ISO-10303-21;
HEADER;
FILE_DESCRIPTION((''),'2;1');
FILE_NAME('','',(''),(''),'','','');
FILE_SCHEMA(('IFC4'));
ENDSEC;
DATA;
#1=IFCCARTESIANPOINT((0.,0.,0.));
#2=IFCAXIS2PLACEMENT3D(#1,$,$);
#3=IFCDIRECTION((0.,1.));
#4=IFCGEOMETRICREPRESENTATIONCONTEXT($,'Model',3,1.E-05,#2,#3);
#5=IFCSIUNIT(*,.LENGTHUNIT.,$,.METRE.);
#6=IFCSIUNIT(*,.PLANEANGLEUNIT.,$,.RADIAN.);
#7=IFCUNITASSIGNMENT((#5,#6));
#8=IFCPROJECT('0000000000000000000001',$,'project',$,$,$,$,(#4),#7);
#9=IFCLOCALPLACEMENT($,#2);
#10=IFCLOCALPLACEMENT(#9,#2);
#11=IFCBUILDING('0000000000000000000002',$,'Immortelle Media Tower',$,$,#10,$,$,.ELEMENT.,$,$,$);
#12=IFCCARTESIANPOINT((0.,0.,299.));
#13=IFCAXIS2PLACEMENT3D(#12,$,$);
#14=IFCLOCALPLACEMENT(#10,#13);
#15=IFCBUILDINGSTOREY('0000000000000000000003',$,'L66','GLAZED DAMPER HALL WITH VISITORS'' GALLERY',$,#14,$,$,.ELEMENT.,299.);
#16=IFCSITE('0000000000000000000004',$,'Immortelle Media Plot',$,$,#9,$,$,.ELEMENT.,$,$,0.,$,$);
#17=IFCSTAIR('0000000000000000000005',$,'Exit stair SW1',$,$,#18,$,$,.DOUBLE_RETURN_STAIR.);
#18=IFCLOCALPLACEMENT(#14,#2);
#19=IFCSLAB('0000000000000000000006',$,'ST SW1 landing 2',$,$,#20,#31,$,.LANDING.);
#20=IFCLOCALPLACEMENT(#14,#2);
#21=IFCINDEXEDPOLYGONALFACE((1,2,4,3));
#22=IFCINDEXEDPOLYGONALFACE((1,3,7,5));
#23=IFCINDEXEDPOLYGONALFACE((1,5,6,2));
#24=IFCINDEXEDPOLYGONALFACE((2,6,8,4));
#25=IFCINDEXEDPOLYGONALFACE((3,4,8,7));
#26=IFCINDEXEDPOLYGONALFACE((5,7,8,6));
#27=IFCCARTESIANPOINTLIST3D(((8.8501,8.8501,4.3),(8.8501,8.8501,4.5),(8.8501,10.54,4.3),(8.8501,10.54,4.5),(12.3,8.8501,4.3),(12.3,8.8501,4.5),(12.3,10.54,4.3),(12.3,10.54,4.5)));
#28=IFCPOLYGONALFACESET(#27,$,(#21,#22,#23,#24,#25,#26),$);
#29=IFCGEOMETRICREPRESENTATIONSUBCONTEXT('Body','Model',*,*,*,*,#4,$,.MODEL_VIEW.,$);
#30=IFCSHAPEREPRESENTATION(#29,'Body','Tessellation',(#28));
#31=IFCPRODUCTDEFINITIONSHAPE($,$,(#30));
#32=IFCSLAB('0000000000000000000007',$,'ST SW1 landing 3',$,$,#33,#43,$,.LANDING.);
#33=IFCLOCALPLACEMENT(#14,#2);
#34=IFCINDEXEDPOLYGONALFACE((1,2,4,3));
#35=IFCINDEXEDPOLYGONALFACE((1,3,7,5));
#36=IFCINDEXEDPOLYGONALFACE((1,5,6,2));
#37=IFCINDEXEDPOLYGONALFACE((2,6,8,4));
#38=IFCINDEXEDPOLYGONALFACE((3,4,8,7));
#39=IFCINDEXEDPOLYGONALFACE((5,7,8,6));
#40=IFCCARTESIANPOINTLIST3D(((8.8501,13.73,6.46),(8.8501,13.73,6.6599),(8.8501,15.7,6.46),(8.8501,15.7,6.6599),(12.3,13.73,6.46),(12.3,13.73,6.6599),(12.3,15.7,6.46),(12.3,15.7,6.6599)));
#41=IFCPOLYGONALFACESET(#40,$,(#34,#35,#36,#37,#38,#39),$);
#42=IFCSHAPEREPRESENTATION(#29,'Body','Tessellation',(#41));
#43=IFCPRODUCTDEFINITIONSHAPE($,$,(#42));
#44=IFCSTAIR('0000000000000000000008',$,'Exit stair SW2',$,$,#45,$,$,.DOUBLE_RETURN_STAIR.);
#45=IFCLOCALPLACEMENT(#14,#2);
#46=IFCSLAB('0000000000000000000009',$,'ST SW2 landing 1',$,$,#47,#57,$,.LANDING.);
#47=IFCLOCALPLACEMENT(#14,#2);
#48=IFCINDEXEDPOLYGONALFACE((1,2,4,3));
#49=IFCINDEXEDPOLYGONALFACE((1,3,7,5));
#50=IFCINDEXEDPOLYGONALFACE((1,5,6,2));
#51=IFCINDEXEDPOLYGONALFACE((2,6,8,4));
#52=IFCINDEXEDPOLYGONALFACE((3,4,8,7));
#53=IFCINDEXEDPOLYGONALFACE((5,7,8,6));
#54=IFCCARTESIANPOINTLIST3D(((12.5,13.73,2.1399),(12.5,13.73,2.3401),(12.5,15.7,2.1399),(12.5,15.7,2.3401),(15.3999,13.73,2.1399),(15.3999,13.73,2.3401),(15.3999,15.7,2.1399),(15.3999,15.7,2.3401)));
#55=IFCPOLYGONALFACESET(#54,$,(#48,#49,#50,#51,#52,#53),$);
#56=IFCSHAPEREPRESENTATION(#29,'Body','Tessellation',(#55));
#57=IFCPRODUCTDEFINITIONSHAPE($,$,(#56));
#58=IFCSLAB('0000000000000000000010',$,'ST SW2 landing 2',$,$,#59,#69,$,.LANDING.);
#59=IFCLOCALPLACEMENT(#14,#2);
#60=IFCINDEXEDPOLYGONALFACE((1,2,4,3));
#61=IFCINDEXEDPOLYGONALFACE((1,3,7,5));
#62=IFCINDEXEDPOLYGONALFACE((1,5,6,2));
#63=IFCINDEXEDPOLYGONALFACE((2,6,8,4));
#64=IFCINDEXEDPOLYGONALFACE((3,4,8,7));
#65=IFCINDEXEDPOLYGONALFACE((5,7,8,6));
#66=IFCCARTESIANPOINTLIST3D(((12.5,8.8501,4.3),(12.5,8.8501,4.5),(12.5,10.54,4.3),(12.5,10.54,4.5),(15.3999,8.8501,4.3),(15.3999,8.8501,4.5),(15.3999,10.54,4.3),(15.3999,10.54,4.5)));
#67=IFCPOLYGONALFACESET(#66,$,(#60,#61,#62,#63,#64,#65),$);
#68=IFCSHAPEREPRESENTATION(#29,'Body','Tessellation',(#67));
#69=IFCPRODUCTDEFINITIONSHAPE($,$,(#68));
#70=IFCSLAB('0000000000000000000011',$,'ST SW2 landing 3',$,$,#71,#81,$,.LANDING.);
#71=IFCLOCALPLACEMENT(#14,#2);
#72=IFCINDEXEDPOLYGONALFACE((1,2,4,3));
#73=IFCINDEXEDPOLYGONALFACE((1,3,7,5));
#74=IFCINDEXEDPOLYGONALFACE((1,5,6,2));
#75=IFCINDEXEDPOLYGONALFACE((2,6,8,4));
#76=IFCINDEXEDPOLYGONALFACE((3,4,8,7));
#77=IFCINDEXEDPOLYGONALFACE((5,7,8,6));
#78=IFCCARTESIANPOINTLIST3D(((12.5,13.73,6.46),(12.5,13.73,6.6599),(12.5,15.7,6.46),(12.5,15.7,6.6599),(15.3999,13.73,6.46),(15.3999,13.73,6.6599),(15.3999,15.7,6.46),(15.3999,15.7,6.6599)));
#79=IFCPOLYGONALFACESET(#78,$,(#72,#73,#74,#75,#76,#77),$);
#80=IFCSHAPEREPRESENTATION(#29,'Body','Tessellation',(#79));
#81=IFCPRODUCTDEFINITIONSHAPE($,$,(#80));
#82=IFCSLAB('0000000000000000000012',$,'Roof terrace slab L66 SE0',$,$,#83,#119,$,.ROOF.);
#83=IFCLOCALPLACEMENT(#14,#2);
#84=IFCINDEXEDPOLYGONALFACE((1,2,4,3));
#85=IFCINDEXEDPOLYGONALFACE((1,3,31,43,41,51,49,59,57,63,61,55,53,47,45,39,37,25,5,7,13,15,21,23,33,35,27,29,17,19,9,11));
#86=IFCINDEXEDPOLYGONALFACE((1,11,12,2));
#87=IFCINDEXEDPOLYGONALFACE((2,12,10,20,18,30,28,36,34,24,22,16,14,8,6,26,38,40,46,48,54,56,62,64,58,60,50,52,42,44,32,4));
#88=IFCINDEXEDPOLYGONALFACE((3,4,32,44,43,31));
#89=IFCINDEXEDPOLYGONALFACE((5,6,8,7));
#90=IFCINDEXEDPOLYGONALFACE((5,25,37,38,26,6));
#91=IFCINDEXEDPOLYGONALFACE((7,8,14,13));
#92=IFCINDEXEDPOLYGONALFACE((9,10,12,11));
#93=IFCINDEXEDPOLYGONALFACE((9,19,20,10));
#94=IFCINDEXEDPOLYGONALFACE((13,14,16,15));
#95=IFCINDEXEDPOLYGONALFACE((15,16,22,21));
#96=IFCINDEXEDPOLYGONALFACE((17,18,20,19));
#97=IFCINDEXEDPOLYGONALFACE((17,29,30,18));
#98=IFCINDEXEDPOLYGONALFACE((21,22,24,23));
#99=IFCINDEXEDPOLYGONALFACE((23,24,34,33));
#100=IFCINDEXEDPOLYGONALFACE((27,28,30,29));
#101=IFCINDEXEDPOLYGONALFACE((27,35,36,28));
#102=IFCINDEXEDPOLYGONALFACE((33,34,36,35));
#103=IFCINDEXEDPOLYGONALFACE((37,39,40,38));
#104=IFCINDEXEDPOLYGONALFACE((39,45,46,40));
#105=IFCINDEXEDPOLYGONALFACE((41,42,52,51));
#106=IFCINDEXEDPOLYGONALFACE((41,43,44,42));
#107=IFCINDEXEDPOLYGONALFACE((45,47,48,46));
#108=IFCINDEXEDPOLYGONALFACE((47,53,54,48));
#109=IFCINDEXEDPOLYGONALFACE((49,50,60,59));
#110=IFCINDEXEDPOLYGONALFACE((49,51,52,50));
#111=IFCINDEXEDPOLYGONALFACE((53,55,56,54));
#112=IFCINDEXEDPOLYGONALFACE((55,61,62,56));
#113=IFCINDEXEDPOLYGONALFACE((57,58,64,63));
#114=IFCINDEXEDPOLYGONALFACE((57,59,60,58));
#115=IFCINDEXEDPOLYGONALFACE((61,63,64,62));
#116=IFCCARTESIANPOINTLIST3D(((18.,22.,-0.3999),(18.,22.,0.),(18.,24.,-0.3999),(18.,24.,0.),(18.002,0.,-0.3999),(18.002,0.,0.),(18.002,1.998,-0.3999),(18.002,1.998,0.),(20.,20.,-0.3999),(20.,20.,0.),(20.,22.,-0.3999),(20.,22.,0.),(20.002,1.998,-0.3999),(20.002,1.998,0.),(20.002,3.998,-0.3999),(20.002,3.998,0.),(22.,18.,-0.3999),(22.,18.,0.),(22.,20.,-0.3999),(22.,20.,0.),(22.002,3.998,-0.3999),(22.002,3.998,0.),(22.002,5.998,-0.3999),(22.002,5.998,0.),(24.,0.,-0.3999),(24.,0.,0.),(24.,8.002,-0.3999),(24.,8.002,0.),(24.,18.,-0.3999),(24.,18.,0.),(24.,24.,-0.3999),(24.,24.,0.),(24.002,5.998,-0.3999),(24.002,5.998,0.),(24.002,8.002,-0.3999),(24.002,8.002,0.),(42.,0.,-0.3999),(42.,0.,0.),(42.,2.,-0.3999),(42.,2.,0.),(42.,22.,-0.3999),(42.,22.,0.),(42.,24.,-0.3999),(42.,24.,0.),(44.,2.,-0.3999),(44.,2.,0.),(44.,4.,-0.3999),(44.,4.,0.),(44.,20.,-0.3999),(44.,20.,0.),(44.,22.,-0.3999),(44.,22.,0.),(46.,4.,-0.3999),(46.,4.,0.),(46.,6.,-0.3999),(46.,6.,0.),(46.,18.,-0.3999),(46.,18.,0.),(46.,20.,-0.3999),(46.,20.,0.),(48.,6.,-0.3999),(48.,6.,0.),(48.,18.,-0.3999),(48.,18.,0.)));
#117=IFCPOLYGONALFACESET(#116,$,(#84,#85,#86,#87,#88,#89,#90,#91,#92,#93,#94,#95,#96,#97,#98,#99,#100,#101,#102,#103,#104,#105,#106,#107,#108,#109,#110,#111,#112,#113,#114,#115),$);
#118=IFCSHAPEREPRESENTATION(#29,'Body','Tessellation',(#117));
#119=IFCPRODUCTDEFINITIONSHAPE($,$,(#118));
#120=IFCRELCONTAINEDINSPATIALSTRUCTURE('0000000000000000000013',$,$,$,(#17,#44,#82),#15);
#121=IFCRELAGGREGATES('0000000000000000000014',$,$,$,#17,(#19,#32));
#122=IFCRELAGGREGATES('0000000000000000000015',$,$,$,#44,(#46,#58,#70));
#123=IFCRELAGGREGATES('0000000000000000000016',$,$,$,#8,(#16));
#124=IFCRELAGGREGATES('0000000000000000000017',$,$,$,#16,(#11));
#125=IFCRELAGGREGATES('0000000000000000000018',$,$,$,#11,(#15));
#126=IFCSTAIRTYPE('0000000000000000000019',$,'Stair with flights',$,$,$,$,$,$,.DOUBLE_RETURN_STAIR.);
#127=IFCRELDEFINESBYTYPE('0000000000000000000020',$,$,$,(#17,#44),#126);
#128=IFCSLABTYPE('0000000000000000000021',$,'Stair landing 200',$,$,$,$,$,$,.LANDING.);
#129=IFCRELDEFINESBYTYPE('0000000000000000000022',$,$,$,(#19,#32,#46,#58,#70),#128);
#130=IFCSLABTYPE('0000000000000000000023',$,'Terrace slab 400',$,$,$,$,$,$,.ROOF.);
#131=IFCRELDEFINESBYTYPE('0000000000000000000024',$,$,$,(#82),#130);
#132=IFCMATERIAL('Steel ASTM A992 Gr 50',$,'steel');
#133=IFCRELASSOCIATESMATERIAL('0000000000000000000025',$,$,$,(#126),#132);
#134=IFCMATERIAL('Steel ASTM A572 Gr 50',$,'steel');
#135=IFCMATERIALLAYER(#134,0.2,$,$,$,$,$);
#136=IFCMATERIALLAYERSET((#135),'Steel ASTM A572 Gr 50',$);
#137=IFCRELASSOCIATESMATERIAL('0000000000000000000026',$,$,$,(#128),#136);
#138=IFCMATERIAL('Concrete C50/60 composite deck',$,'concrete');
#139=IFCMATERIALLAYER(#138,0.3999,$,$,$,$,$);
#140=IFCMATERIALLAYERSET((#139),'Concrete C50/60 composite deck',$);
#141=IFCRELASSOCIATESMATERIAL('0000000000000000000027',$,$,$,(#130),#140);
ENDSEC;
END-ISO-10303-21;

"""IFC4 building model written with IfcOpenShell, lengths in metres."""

from ifc_helpers import new_model, si_unit, direction, frame, origin, place, context, subcontext, project, spatial, polyline, outline, extrude, material, layer, layer_set, type_object, element, aggregate, save


model = new_model("IFC4")

# Units and contexts
model_context = context("Model", 3, precision=1e-05, world=origin(), true_north=direction((0.0, 1.0)))
body_context = subcontext(model_context, "Body", "Model", "MODEL_VIEW")
ifc_project = project(units=[si_unit("LENGTHUNIT", "METRE"), si_unit("PLANEANGLEUNIT", "RADIAN")], contexts=[model_context])

# Site, building, storey
site_placement = place(None, origin())
site = spatial("IfcSite", under=ifc_project, at=site_placement, Name="Immortelle Media Plot", CompositionType="ELEMENT", RefElevation=0.0)
building_placement = place(site_placement, origin())
building = spatial("IfcBuilding", under=site, at=building_placement, Name="Immortelle Media Tower", CompositionType="ELEMENT")
storey_placement = place(building_placement, frame((0.0, 0.0, 299.0)))
storey = spatial("IfcBuildingStorey", under=building, at=storey_placement, Name="L66", Description="GLAZED DAMPER HALL WITH VISITORS' GALLERY", CompositionType="ELEMENT", Elevation=299.0)

# Shared definitions
ifc_material_1 = material(Name="Steel ASTM A992 Gr 50", Category="steel")

# Stairs, slabs
stair_type = type_object("IfcStairType", Name="Stair with flights", PredefinedType="DOUBLE_RETURN_STAIR", material=ifc_material_1)
stair_1_placement = place(storey_placement, origin())
stair_1 = element("IfcStair", 1, at=stair_1_placement, inside=storey, type_object=stair_type, Name="Exit stair SW1", PredefinedType="DOUBLE_RETURN_STAIR")
ifc_material_2 = material(Name="Steel ASTM A572 Gr 50", Category="steel")
ifc_layer_1 = layer(ifc_material_2, 0.2)
ifc_layer_set_1 = layer_set([ifc_layer_1], Name="Steel ASTM A572 Gr 50")
slab_type_1 = type_object("IfcSlabType", Name="Stair landing 200", PredefinedType="LANDING", material=ifc_layer_set_1)
slab_1_placement = place(storey_placement, frame((0.0, 0.0, 4.3)))
slab_1 = element("IfcSlab", 2, at=slab_1_placement, type_object=slab_type_1, Name="ST SW1 landing 2", PredefinedType="LANDING", context=body_context, shape_type="SweptSolid", body=[
    extrude(outline(polyline([(8.8501, 8.8501), (12.3, 8.8501), (12.3, 10.54), (8.8501, 10.54), (8.8501, 8.8501)])), origin(), (0.0, 0.0, 1.0), 0.2),
])
slab_2_placement = place(storey_placement, frame((0.0, 0.0, 6.46)))
slab_2 = element("IfcSlab", 3, at=slab_2_placement, type_object=slab_type_1, Name="ST SW1 landing 3", PredefinedType="LANDING", context=body_context, shape_type="SweptSolid", body=[
    extrude(outline(polyline([(8.8501, 13.73), (12.3, 13.73), (12.3, 15.7), (8.8501, 15.7), (8.8501, 13.73)])), origin(), (0.0, 0.0, 1.0), 0.2),
])
aggregate(stair_1, [slab_1, slab_2])
stair_2_placement = place(storey_placement, origin())
stair_2 = element("IfcStair", 4, at=stair_2_placement, inside=storey, type_object=stair_type, Name="Exit stair SW2", PredefinedType="DOUBLE_RETURN_STAIR")
slab_3_placement = place(storey_placement, frame((0.0, 0.0, 2.1399)))
slab_3 = element("IfcSlab", 5, at=slab_3_placement, type_object=slab_type_1, Name="ST SW2 landing 1", PredefinedType="LANDING", context=body_context, shape_type="SweptSolid", body=[
    extrude(outline(polyline([(12.5, 13.73), (15.3999, 13.73), (15.3999, 15.7), (12.5, 15.7), (12.5, 13.73)])), origin(), (0.0, 0.0, 1.0), 0.2002),
])
slab_4_placement = place(storey_placement, frame((0.0, 0.0, 4.3)))
slab_4 = element("IfcSlab", 6, at=slab_4_placement, type_object=slab_type_1, Name="ST SW2 landing 2", PredefinedType="LANDING", context=body_context, shape_type="SweptSolid", body=[
    extrude(outline(polyline([(12.5, 8.8501), (15.3999, 8.8501), (15.3999, 10.54), (12.5, 10.54), (12.5, 8.8501)])), origin(), (0.0, 0.0, 1.0), 0.2),
])
slab_5_placement = place(storey_placement, frame((0.0, 0.0, 6.46)))
slab_5 = element("IfcSlab", 7, at=slab_5_placement, type_object=slab_type_1, Name="ST SW2 landing 3", PredefinedType="LANDING", context=body_context, shape_type="SweptSolid", body=[
    extrude(outline(polyline([(12.5, 13.73), (15.3999, 13.73), (15.3999, 15.7), (12.5, 15.7), (12.5, 13.73)])), origin(), (0.0, 0.0, 1.0), 0.2),
])
aggregate(stair_2, [slab_3, slab_4, slab_5])

# Slab
ifc_material_3 = material(Name="Concrete C50/60 composite deck", Category="concrete")
ifc_layer_2 = layer(ifc_material_3, 0.3999)
ifc_layer_set_2 = layer_set([ifc_layer_2], Name="Concrete C50/60 composite deck")
slab_type_2 = type_object("IfcSlabType", Name="Terrace slab 400", PredefinedType="ROOF", material=ifc_layer_set_2)
slab_6_placement = place(storey_placement, frame((0.0, 0.0, -0.3999)))
element("IfcSlab", 8, at=slab_6_placement, inside=storey, type_object=slab_type_2, Name="Roof terrace slab L66 SE0", PredefinedType="ROOF", context=body_context, shape_type="SweptSolid", body=[
    extrude(outline(polyline([(42.0, 24.0), (42.0, 22.0), (44.0, 22.0), (44.0, 20.0), (46.0, 20.0), (46.0, 18.0), (48.0, 18.0), (48.0, 6.0), (46.0, 6.0), (46.0, 4.0), (44.0, 4.0), (44.0, 2.0), (42.0, 2.0), (42.0, 0.0), (24.0, 0.0), (18.002, 0.0), (18.002, 1.998), (20.002, 1.998), (20.002, 3.998), (22.002, 3.998), (22.002, 5.998), (24.002, 5.998), (24.002, 8.002), (24.0, 8.002), (24.0, 18.0), (22.0, 18.0), (22.0, 20.0), (20.0, 20.0), (20.0, 22.0), (18.0, 22.0), (18.0, 24.0), (24.0, 24.0), (42.0, 24.0)])), origin(), (0.0, 0.0, 1.0), 0.3999),
])

save(model, "model.ifc")
